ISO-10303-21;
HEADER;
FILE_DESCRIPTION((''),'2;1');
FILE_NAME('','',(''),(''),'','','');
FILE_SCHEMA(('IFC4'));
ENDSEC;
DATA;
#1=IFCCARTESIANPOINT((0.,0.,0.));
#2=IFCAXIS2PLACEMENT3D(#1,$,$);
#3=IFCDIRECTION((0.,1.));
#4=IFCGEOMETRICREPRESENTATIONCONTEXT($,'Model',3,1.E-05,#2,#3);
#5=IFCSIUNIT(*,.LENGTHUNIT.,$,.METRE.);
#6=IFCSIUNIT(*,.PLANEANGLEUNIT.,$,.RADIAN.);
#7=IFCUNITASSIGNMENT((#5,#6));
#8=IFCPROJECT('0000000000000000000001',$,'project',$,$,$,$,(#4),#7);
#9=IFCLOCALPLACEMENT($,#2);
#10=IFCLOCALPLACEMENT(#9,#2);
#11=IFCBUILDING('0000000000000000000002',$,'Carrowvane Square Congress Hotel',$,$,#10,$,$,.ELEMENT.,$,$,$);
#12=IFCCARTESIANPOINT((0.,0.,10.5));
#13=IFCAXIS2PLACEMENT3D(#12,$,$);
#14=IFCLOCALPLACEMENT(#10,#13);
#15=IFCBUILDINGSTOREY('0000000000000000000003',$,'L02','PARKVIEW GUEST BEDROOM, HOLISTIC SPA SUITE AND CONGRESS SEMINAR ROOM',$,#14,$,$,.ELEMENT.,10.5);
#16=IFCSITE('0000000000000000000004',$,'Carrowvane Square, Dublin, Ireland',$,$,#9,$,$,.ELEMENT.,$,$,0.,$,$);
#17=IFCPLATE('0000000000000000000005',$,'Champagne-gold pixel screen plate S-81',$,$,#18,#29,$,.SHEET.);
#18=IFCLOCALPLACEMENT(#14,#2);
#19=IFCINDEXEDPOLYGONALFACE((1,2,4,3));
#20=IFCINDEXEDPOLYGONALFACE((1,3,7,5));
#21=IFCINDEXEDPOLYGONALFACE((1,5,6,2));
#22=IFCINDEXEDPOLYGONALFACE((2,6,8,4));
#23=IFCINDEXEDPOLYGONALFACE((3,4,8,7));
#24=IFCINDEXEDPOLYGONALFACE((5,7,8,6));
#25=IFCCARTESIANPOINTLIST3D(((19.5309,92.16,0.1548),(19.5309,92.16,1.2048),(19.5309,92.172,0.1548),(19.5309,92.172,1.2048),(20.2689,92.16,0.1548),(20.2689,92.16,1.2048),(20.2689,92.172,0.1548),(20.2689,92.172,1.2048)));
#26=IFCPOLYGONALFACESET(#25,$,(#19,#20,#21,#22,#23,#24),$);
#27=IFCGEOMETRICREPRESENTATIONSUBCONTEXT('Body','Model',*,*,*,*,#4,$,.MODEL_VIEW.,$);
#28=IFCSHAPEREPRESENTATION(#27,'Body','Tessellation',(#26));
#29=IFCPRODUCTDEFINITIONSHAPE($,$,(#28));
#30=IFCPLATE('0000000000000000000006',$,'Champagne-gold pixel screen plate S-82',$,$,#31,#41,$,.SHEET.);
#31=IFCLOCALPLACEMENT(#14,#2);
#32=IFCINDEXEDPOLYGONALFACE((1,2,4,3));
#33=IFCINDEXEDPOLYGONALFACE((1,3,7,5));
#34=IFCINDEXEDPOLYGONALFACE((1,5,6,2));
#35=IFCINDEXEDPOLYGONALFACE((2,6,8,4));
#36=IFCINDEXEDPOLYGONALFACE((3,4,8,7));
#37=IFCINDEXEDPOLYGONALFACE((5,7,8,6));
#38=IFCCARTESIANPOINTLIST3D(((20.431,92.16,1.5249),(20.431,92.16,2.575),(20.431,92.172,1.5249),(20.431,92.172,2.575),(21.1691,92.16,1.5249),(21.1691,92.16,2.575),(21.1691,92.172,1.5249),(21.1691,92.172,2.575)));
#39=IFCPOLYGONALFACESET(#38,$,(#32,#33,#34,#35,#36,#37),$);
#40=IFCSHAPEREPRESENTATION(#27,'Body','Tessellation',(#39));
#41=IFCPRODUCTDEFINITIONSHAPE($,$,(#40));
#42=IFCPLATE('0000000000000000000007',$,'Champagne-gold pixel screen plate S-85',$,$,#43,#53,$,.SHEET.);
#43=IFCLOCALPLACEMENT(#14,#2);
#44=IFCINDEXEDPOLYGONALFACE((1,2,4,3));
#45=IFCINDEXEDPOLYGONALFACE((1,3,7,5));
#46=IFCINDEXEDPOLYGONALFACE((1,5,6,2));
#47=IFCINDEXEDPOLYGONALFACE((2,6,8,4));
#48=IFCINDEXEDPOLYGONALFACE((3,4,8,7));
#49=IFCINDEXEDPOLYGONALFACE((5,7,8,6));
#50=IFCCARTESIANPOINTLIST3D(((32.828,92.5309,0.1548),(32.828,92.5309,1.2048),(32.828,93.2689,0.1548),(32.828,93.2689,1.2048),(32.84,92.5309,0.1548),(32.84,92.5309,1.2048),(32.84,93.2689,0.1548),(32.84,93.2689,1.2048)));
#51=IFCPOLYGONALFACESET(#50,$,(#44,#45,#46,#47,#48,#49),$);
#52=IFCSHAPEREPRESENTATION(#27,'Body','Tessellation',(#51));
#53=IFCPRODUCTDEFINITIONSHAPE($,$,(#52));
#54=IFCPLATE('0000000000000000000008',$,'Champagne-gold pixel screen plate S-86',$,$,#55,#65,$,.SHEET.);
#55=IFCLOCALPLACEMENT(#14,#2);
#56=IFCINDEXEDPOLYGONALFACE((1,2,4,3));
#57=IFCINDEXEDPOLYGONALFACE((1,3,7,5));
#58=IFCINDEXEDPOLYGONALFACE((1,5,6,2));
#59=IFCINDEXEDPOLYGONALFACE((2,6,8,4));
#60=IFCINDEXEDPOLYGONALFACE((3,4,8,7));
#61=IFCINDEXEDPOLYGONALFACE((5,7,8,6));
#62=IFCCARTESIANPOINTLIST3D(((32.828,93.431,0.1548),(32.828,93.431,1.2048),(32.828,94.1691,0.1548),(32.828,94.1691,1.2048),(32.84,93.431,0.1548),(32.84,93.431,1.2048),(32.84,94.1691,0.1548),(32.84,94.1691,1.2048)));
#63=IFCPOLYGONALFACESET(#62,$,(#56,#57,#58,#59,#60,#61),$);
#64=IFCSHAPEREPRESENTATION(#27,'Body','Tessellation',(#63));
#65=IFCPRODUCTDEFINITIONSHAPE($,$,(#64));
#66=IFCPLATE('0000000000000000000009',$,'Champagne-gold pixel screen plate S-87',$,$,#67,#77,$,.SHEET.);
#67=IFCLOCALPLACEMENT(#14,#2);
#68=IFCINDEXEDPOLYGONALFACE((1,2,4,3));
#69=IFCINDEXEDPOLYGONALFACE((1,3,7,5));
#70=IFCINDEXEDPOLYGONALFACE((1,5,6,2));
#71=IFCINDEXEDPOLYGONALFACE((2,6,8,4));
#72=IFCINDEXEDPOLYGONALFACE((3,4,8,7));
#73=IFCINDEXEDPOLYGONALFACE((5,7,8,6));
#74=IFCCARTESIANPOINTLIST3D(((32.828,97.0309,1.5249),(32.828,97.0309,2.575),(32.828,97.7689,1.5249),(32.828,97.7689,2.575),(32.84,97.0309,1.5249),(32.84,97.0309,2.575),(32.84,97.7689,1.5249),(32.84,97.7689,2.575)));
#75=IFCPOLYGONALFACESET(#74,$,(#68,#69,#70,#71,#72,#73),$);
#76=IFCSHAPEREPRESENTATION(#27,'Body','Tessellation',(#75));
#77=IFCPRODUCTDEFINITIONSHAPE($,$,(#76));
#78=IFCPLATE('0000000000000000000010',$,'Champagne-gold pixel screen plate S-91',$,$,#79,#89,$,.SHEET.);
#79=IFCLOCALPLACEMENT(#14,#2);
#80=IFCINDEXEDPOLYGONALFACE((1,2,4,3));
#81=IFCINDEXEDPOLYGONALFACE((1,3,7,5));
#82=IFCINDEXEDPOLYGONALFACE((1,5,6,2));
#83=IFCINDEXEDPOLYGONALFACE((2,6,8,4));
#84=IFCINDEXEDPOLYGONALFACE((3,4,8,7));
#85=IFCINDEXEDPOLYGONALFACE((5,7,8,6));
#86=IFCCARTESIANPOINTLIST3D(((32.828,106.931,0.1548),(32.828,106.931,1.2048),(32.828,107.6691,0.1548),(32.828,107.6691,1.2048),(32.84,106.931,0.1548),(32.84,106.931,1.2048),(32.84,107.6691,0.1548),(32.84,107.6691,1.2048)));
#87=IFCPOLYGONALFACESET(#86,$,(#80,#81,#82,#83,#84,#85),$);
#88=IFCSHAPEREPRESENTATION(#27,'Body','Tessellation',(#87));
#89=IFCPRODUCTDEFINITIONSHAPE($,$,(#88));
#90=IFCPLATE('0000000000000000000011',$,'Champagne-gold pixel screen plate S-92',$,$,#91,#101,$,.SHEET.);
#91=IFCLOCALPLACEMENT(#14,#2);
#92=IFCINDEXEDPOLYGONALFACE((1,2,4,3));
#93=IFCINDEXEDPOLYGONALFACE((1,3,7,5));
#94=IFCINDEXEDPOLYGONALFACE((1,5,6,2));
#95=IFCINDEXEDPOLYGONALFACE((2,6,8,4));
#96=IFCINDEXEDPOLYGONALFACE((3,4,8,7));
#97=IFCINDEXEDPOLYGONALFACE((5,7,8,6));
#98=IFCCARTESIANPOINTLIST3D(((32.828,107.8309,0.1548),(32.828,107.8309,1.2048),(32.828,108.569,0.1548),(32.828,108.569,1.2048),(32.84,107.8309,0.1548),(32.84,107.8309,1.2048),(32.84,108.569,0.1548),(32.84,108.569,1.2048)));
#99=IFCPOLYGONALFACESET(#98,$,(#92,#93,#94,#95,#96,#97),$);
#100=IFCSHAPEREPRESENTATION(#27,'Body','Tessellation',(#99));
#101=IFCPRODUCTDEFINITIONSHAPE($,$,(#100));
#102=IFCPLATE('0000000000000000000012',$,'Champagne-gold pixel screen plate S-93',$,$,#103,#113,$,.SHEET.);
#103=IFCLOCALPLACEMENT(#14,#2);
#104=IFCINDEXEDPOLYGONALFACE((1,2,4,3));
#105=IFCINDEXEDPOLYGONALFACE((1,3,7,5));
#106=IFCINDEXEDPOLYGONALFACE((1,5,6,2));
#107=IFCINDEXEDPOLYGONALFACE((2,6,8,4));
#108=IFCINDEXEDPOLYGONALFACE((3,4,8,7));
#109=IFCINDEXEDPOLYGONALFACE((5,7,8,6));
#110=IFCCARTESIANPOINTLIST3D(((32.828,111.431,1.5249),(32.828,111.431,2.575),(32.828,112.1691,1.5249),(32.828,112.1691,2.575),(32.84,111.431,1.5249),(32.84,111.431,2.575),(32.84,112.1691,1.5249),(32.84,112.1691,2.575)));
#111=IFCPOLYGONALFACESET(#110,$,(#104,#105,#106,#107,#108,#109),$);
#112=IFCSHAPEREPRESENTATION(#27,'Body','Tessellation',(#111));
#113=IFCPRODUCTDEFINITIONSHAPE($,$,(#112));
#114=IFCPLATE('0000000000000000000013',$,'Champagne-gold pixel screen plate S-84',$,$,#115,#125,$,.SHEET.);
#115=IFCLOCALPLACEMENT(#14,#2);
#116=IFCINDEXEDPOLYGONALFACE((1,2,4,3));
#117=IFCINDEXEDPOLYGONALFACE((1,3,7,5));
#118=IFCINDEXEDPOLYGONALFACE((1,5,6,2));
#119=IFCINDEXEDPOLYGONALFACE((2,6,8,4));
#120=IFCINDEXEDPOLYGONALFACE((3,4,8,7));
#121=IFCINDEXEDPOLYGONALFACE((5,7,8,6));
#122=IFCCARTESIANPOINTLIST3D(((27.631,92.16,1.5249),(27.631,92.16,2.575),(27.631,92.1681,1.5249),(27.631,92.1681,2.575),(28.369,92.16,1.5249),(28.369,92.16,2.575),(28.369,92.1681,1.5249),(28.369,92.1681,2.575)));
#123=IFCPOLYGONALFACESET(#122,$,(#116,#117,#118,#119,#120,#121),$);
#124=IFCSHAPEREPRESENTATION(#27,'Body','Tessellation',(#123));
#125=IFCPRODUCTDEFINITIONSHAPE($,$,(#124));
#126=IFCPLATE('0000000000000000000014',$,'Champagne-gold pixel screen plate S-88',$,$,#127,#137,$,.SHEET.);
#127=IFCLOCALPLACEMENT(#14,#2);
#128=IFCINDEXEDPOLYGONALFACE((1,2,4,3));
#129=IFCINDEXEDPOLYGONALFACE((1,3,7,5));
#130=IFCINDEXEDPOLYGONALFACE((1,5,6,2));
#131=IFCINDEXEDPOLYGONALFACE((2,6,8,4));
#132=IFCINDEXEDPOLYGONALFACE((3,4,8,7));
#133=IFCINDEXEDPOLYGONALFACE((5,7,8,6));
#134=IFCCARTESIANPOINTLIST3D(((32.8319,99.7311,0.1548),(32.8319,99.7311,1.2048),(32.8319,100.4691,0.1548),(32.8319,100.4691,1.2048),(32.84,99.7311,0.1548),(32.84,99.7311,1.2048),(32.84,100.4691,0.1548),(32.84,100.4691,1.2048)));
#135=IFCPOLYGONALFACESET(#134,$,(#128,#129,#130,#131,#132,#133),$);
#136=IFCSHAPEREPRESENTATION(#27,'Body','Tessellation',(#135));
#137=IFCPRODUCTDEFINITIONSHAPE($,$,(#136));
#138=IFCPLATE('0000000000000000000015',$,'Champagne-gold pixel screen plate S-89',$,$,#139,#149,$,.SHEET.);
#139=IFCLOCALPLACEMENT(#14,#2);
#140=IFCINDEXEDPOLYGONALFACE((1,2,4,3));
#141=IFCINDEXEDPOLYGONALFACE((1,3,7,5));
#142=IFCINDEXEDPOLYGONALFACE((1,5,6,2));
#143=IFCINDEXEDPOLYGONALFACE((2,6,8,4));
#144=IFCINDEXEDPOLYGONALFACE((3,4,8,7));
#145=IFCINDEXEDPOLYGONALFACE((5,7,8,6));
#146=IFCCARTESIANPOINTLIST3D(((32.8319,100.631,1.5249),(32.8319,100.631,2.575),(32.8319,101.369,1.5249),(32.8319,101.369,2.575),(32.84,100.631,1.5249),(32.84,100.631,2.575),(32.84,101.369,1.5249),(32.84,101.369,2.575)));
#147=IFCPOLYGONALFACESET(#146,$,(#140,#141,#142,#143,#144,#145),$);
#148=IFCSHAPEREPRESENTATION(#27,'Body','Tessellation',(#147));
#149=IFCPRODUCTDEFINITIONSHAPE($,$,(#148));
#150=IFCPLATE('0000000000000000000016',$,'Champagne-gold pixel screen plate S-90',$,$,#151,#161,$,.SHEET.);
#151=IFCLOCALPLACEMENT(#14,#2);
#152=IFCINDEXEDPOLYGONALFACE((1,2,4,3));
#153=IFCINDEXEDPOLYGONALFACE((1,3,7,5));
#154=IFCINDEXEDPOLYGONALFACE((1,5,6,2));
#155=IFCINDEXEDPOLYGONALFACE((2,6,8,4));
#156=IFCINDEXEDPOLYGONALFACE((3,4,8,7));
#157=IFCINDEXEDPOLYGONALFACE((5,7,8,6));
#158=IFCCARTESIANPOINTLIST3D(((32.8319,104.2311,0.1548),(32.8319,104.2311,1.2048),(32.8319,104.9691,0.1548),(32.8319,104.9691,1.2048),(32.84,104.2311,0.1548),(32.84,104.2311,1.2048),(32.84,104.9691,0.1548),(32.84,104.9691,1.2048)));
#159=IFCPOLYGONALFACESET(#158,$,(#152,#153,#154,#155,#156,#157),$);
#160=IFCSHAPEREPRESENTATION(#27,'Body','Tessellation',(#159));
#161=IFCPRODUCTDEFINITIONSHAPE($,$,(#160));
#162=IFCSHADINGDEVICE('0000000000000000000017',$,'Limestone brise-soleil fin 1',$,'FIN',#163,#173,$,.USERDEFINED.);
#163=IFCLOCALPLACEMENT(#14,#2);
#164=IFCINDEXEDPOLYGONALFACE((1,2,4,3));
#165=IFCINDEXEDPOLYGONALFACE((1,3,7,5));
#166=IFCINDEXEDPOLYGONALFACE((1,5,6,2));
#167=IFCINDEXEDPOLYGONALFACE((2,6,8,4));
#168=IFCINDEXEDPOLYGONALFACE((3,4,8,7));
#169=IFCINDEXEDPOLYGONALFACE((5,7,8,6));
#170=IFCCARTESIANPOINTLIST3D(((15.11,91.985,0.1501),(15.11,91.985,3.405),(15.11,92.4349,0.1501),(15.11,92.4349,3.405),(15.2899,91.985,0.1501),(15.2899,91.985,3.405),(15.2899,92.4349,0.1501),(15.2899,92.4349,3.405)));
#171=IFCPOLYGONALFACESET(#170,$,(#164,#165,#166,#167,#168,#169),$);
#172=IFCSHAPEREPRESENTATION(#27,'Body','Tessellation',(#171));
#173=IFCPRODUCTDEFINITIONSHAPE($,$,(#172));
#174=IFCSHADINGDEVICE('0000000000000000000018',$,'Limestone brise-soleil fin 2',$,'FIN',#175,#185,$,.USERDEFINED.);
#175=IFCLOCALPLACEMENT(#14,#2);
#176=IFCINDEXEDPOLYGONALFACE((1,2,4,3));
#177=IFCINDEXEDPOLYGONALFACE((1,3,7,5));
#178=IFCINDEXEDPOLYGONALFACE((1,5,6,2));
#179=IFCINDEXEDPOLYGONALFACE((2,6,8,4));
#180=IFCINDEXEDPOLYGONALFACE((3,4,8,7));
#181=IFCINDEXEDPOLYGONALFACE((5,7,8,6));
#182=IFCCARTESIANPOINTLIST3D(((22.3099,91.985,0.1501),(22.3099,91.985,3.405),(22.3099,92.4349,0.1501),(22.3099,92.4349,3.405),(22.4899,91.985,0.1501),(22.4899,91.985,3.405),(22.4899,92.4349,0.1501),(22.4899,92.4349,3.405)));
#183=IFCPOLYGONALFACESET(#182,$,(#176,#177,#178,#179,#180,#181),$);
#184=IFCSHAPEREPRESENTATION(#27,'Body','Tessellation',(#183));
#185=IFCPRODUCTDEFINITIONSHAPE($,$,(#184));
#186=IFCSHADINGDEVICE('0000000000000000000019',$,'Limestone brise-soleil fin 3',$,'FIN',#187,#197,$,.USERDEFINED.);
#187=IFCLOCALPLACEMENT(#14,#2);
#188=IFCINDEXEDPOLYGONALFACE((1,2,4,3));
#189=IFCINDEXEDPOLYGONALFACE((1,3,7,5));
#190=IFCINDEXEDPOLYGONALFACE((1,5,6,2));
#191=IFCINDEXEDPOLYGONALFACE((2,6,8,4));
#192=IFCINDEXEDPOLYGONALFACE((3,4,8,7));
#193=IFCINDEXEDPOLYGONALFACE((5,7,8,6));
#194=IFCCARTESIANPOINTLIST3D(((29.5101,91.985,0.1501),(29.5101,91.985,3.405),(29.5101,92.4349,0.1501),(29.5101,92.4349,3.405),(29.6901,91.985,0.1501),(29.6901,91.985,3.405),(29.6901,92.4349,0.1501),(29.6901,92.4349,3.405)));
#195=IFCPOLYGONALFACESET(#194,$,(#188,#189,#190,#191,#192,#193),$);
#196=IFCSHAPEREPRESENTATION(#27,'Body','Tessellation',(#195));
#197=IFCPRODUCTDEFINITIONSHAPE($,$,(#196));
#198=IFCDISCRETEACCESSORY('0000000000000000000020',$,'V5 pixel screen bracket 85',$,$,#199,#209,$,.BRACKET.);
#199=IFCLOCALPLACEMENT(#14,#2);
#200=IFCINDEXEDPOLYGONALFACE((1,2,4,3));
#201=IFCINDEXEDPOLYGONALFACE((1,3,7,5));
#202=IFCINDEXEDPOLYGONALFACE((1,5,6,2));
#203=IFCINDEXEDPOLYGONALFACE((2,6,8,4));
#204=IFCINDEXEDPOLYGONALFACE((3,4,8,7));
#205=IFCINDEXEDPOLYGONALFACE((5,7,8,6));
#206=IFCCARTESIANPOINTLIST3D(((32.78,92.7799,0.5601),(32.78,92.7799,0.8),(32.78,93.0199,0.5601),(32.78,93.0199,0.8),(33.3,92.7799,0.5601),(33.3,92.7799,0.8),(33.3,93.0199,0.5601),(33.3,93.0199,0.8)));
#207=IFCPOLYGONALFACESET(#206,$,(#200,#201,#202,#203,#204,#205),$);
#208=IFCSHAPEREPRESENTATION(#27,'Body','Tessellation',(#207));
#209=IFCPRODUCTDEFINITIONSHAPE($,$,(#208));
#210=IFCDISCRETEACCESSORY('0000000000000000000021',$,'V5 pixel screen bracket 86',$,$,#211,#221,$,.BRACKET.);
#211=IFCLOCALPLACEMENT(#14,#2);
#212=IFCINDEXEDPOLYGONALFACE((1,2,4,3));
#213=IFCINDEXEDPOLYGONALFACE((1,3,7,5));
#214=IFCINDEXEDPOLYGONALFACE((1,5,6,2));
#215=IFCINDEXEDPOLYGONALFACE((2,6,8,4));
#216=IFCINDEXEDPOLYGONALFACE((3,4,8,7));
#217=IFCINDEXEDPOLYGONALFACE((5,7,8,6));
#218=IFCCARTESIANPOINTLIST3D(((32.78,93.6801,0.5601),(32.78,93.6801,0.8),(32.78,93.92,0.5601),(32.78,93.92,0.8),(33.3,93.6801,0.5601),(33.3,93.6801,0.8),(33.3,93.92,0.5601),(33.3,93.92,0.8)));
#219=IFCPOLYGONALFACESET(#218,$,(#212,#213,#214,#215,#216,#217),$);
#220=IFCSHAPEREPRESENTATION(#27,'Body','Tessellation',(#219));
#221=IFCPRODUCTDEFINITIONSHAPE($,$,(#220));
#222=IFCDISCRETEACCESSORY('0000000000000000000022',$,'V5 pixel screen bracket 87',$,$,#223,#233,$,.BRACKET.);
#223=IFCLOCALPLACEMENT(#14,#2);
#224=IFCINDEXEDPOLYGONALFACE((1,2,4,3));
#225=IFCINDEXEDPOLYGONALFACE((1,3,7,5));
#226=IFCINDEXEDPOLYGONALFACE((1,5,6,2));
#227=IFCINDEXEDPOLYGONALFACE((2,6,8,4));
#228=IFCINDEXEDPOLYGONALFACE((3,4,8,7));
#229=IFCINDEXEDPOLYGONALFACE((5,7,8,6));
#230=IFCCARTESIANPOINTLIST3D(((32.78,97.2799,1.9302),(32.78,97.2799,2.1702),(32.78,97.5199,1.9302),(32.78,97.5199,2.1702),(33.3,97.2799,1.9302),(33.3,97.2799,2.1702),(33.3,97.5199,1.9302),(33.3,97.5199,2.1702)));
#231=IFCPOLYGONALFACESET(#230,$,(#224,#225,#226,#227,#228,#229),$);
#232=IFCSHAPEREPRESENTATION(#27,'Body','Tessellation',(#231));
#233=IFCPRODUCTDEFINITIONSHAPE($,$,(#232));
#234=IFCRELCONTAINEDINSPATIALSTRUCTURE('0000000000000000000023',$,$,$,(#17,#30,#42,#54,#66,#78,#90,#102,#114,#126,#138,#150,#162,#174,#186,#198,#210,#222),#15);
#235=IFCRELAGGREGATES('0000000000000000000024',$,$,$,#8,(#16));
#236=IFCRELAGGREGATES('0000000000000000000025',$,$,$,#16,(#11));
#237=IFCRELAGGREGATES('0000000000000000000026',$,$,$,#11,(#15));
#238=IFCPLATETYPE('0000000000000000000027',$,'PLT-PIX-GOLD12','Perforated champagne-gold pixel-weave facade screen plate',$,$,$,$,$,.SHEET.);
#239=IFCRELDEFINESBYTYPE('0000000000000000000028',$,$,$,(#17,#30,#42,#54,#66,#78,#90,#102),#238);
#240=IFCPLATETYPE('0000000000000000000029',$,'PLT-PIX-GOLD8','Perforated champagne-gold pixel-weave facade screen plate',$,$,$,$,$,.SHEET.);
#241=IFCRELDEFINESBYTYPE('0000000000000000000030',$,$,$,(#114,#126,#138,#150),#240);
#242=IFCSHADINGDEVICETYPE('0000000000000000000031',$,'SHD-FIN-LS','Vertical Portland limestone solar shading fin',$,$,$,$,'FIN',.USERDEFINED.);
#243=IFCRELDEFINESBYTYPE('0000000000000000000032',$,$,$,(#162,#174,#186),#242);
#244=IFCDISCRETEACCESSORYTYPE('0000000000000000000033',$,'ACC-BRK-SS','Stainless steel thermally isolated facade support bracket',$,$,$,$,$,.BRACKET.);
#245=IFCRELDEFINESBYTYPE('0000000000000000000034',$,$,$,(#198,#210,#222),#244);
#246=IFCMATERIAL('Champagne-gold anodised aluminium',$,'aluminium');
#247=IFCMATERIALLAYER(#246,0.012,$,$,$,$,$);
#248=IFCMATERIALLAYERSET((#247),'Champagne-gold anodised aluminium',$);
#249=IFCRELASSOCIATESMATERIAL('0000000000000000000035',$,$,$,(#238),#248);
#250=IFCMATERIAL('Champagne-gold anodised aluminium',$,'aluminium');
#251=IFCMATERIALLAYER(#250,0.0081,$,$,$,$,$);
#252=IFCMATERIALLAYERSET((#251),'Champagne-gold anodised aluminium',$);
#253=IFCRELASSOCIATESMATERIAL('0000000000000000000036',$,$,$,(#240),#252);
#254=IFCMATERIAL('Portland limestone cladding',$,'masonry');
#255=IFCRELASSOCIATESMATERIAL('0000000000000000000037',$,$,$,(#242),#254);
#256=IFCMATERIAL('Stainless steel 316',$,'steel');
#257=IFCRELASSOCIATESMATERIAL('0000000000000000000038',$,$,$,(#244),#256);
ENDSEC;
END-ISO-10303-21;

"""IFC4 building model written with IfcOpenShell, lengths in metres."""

from ifc_helpers import new_model, si_unit, direction, frame, origin, origin_2d, place, context, subcontext, project, spatial, rectangle, extrude, material, layer, layer_set, type_object, element, save


model = new_model("IFC4")

# Units and contexts
model_context = context("Model", 3, precision=1e-05, world=origin(), true_north=direction((0.0, 1.0)))
body_context = subcontext(model_context, "Body", "Model", "MODEL_VIEW")
ifc_project = project(units=[si_unit("LENGTHUNIT", "METRE"), si_unit("PLANEANGLEUNIT", "RADIAN")], contexts=[model_context])

# Site, building, storey
site_placement = place(None, origin())
site = spatial("IfcSite", under=ifc_project, at=site_placement, Name="Carrowvane Square, Dublin, Ireland", CompositionType="ELEMENT", RefElevation=0.0)
building_placement = place(site_placement, origin())
building = spatial("IfcBuilding", under=site, at=building_placement, Name="Carrowvane Square Congress Hotel", CompositionType="ELEMENT")
storey_placement = place(building_placement, frame((0.0, 0.0, 10.5)))
storey = spatial("IfcBuildingStorey", under=building, at=storey_placement, Name="L02", Description="PARKVIEW GUEST BEDROOM, HOLISTIC SPA SUITE AND CONGRESS SEMINAR ROOM", CompositionType="ELEMENT", Elevation=10.5)

# Plates
ifc_material_1 = material(Name="Champagne-gold anodised aluminium", Category="aluminium")
ifc_layer_1 = layer(ifc_material_1, 0.012)
ifc_layer_set_1 = layer_set([ifc_layer_1], Name="Champagne-gold anodised aluminium")
plate_type_1 = type_object("IfcPlateType", Name="PLT-PIX-GOLD12", Description="Perforated champagne-gold pixel-weave facade screen plate", PredefinedType="SHEET", material=ifc_layer_set_1)
for number, where, z_axis, x_axis, name in (
    (1, (19.8999, 92.166, 0.1548), (0.0, 0.0, 1.0), (1.0, 0.0, 0.0), "Champagne-gold pixel screen plate S-81"),
    (2, (20.8, 92.166, 1.5249), (0.0, 0.0, 1.0), (1.0, 0.0, 0.0), "Champagne-gold pixel screen plate S-82"),
    (3, (32.834, 92.8999, 0.1548), (0.0, 0.0, 1.0), (0.0, 1.0, 0.0), "Champagne-gold pixel screen plate S-85"),
    (4, (32.834, 93.8, 0.1548), (0.0, 0.0, 1.0), (0.0, 1.0, 0.0), "Champagne-gold pixel screen plate S-86"),
    (5, (32.834, 97.3999, 1.5249), (0.0, 0.0, 1.0), (0.0, 1.0, 0.0), "Champagne-gold pixel screen plate S-87"),
    (6, (32.834, 107.3, 0.1548), (0.0, 0.0, 1.0), (0.0, 1.0, 0.0), "Champagne-gold pixel screen plate S-91"),
    (7, (32.834, 108.2, 0.1548), (0.0, 0.0, 1.0), (0.0, 1.0, 0.0), "Champagne-gold pixel screen plate S-92"),
    (8, (32.834, 111.8, 1.5249), (0.0, 0.0, 1.0), (0.0, 1.0, 0.0), "Champagne-gold pixel screen plate S-93"),
):
    element("IfcPlate", number, at=place(storey_placement, frame(where, z_axis=z_axis, x_axis=x_axis)), inside=storey, type_object=plate_type_1, Name=name, PredefinedType="SHEET", context=body_context, shape_type="SweptSolid", body=[
        extrude(rectangle(XDim=0.738, YDim=0.012, at=origin_2d()), origin(), (0.0, 0.0, 1.0), 1.05),
    ])
ifc_material_2 = material(Name="Champagne-gold anodised aluminium", Category="aluminium")
ifc_layer_2 = layer(ifc_material_2, 0.0081)
ifc_layer_set_2 = layer_set([ifc_layer_2], Name="Champagne-gold anodised aluminium")
plate_type_2 = type_object("IfcPlateType", Name="PLT-PIX-GOLD8", Description="Perforated champagne-gold pixel-weave facade screen plate", PredefinedType="SHEET", material=ifc_layer_set_2)
for number, where, z_axis, x_axis, name in (
    (9, (28.0, 92.1641, 1.5249), (0.0, 0.0, 1.0), (1.0, 0.0, 0.0), "Champagne-gold pixel screen plate S-84"),
    (10, (32.8359, 100.1001, 0.1548), (0.0, 0.0, 1.0), (0.0, 1.0, 0.0), "Champagne-gold pixel screen plate S-88"),
    (11, (32.8359, 101.0, 1.5249), (0.0, 0.0, 1.0), (0.0, 1.0, 0.0), "Champagne-gold pixel screen plate S-89"),
    (12, (32.8359, 104.6001, 0.1548), (0.0, 0.0, 1.0), (0.0, 1.0, 0.0), "Champagne-gold pixel screen plate S-90"),
):
    element("IfcPlate", number, at=place(storey_placement, frame(where, z_axis=z_axis, x_axis=x_axis)), inside=storey, type_object=plate_type_2, Name=name, PredefinedType="SHEET", context=body_context, shape_type="SweptSolid", body=[
        extrude(rectangle(XDim=0.738, YDim=0.0081, at=origin_2d()), origin(), (0.0, 0.0, 1.0), 1.05),
    ])

# Shading devices
ifc_material_3 = material(Name="Portland limestone cladding", Category="masonry")
shading_device_type = type_object("IfcShadingDeviceType", Name="SHD-FIN-LS", Description="Vertical Portland limestone solar shading fin", ElementType="FIN", PredefinedType="USERDEFINED", material=ifc_material_3)
for number, where, z_axis, x_axis, name in (
    (13, (15.2, 92.21, 0.1501), (0.0, 0.0, 1.0), (1.0, 0.0, 0.0), "Limestone brise-soleil fin 1"),
    (14, (22.3999, 92.21, 0.1501), (0.0, 0.0, 1.0), (1.0, 0.0, 0.0), "Limestone brise-soleil fin 2"),
    (15, (29.6001, 92.21, 0.1501), (0.0, 0.0, 1.0), (1.0, 0.0, 0.0), "Limestone brise-soleil fin 3"),
):
    element("IfcShadingDevice", number, at=place(storey_placement, frame(where, z_axis=z_axis, x_axis=x_axis)), inside=storey, type_object=shading_device_type, Name=name, ObjectType="FIN", PredefinedType="USERDEFINED", context=body_context, shape_type="SweptSolid", body=[
        extrude(rectangle(XDim=0.1799, YDim=0.45, at=origin_2d()), origin(), (0.0, 0.0, 1.0), 3.2549),
    ])

# Discrete accessories
ifc_material_4 = material(Name="Stainless steel 316", Category="steel")
discrete_accessory_type = type_object("IfcDiscreteAccessoryType", Name="ACC-BRK-SS", Description="Stainless steel thermally isolated facade support bracket", PredefinedType="BRACKET", material=ifc_material_4)
for number, where, z_axis, x_axis, name in (
    (16, (33.04, 92.8999, 0.5601), (0.0, 0.0, 1.0), (0.0, 1.0, 0.0), "V5 pixel screen bracket 85"),
    (17, (33.04, 93.8, 0.5601), (0.0, 0.0, 1.0), (0.0, 1.0, 0.0), "V5 pixel screen bracket 86"),
    (18, (33.04, 97.3999, 1.9302), (0.0, 0.0, 1.0), (0.0, 1.0, 0.0), "V5 pixel screen bracket 87"),
):
    element("IfcDiscreteAccessory", number, at=place(storey_placement, frame(where, z_axis=z_axis, x_axis=x_axis)), inside=storey, type_object=discrete_accessory_type, Name=name, PredefinedType="BRACKET", context=body_context, shape_type="SweptSolid", body=[
        extrude(rectangle(XDim=0.24, YDim=0.52, at=origin_2d()), origin(), (0.0, 0.0, 1.0), 0.24),
    ])

save(model, "model.ifc")
